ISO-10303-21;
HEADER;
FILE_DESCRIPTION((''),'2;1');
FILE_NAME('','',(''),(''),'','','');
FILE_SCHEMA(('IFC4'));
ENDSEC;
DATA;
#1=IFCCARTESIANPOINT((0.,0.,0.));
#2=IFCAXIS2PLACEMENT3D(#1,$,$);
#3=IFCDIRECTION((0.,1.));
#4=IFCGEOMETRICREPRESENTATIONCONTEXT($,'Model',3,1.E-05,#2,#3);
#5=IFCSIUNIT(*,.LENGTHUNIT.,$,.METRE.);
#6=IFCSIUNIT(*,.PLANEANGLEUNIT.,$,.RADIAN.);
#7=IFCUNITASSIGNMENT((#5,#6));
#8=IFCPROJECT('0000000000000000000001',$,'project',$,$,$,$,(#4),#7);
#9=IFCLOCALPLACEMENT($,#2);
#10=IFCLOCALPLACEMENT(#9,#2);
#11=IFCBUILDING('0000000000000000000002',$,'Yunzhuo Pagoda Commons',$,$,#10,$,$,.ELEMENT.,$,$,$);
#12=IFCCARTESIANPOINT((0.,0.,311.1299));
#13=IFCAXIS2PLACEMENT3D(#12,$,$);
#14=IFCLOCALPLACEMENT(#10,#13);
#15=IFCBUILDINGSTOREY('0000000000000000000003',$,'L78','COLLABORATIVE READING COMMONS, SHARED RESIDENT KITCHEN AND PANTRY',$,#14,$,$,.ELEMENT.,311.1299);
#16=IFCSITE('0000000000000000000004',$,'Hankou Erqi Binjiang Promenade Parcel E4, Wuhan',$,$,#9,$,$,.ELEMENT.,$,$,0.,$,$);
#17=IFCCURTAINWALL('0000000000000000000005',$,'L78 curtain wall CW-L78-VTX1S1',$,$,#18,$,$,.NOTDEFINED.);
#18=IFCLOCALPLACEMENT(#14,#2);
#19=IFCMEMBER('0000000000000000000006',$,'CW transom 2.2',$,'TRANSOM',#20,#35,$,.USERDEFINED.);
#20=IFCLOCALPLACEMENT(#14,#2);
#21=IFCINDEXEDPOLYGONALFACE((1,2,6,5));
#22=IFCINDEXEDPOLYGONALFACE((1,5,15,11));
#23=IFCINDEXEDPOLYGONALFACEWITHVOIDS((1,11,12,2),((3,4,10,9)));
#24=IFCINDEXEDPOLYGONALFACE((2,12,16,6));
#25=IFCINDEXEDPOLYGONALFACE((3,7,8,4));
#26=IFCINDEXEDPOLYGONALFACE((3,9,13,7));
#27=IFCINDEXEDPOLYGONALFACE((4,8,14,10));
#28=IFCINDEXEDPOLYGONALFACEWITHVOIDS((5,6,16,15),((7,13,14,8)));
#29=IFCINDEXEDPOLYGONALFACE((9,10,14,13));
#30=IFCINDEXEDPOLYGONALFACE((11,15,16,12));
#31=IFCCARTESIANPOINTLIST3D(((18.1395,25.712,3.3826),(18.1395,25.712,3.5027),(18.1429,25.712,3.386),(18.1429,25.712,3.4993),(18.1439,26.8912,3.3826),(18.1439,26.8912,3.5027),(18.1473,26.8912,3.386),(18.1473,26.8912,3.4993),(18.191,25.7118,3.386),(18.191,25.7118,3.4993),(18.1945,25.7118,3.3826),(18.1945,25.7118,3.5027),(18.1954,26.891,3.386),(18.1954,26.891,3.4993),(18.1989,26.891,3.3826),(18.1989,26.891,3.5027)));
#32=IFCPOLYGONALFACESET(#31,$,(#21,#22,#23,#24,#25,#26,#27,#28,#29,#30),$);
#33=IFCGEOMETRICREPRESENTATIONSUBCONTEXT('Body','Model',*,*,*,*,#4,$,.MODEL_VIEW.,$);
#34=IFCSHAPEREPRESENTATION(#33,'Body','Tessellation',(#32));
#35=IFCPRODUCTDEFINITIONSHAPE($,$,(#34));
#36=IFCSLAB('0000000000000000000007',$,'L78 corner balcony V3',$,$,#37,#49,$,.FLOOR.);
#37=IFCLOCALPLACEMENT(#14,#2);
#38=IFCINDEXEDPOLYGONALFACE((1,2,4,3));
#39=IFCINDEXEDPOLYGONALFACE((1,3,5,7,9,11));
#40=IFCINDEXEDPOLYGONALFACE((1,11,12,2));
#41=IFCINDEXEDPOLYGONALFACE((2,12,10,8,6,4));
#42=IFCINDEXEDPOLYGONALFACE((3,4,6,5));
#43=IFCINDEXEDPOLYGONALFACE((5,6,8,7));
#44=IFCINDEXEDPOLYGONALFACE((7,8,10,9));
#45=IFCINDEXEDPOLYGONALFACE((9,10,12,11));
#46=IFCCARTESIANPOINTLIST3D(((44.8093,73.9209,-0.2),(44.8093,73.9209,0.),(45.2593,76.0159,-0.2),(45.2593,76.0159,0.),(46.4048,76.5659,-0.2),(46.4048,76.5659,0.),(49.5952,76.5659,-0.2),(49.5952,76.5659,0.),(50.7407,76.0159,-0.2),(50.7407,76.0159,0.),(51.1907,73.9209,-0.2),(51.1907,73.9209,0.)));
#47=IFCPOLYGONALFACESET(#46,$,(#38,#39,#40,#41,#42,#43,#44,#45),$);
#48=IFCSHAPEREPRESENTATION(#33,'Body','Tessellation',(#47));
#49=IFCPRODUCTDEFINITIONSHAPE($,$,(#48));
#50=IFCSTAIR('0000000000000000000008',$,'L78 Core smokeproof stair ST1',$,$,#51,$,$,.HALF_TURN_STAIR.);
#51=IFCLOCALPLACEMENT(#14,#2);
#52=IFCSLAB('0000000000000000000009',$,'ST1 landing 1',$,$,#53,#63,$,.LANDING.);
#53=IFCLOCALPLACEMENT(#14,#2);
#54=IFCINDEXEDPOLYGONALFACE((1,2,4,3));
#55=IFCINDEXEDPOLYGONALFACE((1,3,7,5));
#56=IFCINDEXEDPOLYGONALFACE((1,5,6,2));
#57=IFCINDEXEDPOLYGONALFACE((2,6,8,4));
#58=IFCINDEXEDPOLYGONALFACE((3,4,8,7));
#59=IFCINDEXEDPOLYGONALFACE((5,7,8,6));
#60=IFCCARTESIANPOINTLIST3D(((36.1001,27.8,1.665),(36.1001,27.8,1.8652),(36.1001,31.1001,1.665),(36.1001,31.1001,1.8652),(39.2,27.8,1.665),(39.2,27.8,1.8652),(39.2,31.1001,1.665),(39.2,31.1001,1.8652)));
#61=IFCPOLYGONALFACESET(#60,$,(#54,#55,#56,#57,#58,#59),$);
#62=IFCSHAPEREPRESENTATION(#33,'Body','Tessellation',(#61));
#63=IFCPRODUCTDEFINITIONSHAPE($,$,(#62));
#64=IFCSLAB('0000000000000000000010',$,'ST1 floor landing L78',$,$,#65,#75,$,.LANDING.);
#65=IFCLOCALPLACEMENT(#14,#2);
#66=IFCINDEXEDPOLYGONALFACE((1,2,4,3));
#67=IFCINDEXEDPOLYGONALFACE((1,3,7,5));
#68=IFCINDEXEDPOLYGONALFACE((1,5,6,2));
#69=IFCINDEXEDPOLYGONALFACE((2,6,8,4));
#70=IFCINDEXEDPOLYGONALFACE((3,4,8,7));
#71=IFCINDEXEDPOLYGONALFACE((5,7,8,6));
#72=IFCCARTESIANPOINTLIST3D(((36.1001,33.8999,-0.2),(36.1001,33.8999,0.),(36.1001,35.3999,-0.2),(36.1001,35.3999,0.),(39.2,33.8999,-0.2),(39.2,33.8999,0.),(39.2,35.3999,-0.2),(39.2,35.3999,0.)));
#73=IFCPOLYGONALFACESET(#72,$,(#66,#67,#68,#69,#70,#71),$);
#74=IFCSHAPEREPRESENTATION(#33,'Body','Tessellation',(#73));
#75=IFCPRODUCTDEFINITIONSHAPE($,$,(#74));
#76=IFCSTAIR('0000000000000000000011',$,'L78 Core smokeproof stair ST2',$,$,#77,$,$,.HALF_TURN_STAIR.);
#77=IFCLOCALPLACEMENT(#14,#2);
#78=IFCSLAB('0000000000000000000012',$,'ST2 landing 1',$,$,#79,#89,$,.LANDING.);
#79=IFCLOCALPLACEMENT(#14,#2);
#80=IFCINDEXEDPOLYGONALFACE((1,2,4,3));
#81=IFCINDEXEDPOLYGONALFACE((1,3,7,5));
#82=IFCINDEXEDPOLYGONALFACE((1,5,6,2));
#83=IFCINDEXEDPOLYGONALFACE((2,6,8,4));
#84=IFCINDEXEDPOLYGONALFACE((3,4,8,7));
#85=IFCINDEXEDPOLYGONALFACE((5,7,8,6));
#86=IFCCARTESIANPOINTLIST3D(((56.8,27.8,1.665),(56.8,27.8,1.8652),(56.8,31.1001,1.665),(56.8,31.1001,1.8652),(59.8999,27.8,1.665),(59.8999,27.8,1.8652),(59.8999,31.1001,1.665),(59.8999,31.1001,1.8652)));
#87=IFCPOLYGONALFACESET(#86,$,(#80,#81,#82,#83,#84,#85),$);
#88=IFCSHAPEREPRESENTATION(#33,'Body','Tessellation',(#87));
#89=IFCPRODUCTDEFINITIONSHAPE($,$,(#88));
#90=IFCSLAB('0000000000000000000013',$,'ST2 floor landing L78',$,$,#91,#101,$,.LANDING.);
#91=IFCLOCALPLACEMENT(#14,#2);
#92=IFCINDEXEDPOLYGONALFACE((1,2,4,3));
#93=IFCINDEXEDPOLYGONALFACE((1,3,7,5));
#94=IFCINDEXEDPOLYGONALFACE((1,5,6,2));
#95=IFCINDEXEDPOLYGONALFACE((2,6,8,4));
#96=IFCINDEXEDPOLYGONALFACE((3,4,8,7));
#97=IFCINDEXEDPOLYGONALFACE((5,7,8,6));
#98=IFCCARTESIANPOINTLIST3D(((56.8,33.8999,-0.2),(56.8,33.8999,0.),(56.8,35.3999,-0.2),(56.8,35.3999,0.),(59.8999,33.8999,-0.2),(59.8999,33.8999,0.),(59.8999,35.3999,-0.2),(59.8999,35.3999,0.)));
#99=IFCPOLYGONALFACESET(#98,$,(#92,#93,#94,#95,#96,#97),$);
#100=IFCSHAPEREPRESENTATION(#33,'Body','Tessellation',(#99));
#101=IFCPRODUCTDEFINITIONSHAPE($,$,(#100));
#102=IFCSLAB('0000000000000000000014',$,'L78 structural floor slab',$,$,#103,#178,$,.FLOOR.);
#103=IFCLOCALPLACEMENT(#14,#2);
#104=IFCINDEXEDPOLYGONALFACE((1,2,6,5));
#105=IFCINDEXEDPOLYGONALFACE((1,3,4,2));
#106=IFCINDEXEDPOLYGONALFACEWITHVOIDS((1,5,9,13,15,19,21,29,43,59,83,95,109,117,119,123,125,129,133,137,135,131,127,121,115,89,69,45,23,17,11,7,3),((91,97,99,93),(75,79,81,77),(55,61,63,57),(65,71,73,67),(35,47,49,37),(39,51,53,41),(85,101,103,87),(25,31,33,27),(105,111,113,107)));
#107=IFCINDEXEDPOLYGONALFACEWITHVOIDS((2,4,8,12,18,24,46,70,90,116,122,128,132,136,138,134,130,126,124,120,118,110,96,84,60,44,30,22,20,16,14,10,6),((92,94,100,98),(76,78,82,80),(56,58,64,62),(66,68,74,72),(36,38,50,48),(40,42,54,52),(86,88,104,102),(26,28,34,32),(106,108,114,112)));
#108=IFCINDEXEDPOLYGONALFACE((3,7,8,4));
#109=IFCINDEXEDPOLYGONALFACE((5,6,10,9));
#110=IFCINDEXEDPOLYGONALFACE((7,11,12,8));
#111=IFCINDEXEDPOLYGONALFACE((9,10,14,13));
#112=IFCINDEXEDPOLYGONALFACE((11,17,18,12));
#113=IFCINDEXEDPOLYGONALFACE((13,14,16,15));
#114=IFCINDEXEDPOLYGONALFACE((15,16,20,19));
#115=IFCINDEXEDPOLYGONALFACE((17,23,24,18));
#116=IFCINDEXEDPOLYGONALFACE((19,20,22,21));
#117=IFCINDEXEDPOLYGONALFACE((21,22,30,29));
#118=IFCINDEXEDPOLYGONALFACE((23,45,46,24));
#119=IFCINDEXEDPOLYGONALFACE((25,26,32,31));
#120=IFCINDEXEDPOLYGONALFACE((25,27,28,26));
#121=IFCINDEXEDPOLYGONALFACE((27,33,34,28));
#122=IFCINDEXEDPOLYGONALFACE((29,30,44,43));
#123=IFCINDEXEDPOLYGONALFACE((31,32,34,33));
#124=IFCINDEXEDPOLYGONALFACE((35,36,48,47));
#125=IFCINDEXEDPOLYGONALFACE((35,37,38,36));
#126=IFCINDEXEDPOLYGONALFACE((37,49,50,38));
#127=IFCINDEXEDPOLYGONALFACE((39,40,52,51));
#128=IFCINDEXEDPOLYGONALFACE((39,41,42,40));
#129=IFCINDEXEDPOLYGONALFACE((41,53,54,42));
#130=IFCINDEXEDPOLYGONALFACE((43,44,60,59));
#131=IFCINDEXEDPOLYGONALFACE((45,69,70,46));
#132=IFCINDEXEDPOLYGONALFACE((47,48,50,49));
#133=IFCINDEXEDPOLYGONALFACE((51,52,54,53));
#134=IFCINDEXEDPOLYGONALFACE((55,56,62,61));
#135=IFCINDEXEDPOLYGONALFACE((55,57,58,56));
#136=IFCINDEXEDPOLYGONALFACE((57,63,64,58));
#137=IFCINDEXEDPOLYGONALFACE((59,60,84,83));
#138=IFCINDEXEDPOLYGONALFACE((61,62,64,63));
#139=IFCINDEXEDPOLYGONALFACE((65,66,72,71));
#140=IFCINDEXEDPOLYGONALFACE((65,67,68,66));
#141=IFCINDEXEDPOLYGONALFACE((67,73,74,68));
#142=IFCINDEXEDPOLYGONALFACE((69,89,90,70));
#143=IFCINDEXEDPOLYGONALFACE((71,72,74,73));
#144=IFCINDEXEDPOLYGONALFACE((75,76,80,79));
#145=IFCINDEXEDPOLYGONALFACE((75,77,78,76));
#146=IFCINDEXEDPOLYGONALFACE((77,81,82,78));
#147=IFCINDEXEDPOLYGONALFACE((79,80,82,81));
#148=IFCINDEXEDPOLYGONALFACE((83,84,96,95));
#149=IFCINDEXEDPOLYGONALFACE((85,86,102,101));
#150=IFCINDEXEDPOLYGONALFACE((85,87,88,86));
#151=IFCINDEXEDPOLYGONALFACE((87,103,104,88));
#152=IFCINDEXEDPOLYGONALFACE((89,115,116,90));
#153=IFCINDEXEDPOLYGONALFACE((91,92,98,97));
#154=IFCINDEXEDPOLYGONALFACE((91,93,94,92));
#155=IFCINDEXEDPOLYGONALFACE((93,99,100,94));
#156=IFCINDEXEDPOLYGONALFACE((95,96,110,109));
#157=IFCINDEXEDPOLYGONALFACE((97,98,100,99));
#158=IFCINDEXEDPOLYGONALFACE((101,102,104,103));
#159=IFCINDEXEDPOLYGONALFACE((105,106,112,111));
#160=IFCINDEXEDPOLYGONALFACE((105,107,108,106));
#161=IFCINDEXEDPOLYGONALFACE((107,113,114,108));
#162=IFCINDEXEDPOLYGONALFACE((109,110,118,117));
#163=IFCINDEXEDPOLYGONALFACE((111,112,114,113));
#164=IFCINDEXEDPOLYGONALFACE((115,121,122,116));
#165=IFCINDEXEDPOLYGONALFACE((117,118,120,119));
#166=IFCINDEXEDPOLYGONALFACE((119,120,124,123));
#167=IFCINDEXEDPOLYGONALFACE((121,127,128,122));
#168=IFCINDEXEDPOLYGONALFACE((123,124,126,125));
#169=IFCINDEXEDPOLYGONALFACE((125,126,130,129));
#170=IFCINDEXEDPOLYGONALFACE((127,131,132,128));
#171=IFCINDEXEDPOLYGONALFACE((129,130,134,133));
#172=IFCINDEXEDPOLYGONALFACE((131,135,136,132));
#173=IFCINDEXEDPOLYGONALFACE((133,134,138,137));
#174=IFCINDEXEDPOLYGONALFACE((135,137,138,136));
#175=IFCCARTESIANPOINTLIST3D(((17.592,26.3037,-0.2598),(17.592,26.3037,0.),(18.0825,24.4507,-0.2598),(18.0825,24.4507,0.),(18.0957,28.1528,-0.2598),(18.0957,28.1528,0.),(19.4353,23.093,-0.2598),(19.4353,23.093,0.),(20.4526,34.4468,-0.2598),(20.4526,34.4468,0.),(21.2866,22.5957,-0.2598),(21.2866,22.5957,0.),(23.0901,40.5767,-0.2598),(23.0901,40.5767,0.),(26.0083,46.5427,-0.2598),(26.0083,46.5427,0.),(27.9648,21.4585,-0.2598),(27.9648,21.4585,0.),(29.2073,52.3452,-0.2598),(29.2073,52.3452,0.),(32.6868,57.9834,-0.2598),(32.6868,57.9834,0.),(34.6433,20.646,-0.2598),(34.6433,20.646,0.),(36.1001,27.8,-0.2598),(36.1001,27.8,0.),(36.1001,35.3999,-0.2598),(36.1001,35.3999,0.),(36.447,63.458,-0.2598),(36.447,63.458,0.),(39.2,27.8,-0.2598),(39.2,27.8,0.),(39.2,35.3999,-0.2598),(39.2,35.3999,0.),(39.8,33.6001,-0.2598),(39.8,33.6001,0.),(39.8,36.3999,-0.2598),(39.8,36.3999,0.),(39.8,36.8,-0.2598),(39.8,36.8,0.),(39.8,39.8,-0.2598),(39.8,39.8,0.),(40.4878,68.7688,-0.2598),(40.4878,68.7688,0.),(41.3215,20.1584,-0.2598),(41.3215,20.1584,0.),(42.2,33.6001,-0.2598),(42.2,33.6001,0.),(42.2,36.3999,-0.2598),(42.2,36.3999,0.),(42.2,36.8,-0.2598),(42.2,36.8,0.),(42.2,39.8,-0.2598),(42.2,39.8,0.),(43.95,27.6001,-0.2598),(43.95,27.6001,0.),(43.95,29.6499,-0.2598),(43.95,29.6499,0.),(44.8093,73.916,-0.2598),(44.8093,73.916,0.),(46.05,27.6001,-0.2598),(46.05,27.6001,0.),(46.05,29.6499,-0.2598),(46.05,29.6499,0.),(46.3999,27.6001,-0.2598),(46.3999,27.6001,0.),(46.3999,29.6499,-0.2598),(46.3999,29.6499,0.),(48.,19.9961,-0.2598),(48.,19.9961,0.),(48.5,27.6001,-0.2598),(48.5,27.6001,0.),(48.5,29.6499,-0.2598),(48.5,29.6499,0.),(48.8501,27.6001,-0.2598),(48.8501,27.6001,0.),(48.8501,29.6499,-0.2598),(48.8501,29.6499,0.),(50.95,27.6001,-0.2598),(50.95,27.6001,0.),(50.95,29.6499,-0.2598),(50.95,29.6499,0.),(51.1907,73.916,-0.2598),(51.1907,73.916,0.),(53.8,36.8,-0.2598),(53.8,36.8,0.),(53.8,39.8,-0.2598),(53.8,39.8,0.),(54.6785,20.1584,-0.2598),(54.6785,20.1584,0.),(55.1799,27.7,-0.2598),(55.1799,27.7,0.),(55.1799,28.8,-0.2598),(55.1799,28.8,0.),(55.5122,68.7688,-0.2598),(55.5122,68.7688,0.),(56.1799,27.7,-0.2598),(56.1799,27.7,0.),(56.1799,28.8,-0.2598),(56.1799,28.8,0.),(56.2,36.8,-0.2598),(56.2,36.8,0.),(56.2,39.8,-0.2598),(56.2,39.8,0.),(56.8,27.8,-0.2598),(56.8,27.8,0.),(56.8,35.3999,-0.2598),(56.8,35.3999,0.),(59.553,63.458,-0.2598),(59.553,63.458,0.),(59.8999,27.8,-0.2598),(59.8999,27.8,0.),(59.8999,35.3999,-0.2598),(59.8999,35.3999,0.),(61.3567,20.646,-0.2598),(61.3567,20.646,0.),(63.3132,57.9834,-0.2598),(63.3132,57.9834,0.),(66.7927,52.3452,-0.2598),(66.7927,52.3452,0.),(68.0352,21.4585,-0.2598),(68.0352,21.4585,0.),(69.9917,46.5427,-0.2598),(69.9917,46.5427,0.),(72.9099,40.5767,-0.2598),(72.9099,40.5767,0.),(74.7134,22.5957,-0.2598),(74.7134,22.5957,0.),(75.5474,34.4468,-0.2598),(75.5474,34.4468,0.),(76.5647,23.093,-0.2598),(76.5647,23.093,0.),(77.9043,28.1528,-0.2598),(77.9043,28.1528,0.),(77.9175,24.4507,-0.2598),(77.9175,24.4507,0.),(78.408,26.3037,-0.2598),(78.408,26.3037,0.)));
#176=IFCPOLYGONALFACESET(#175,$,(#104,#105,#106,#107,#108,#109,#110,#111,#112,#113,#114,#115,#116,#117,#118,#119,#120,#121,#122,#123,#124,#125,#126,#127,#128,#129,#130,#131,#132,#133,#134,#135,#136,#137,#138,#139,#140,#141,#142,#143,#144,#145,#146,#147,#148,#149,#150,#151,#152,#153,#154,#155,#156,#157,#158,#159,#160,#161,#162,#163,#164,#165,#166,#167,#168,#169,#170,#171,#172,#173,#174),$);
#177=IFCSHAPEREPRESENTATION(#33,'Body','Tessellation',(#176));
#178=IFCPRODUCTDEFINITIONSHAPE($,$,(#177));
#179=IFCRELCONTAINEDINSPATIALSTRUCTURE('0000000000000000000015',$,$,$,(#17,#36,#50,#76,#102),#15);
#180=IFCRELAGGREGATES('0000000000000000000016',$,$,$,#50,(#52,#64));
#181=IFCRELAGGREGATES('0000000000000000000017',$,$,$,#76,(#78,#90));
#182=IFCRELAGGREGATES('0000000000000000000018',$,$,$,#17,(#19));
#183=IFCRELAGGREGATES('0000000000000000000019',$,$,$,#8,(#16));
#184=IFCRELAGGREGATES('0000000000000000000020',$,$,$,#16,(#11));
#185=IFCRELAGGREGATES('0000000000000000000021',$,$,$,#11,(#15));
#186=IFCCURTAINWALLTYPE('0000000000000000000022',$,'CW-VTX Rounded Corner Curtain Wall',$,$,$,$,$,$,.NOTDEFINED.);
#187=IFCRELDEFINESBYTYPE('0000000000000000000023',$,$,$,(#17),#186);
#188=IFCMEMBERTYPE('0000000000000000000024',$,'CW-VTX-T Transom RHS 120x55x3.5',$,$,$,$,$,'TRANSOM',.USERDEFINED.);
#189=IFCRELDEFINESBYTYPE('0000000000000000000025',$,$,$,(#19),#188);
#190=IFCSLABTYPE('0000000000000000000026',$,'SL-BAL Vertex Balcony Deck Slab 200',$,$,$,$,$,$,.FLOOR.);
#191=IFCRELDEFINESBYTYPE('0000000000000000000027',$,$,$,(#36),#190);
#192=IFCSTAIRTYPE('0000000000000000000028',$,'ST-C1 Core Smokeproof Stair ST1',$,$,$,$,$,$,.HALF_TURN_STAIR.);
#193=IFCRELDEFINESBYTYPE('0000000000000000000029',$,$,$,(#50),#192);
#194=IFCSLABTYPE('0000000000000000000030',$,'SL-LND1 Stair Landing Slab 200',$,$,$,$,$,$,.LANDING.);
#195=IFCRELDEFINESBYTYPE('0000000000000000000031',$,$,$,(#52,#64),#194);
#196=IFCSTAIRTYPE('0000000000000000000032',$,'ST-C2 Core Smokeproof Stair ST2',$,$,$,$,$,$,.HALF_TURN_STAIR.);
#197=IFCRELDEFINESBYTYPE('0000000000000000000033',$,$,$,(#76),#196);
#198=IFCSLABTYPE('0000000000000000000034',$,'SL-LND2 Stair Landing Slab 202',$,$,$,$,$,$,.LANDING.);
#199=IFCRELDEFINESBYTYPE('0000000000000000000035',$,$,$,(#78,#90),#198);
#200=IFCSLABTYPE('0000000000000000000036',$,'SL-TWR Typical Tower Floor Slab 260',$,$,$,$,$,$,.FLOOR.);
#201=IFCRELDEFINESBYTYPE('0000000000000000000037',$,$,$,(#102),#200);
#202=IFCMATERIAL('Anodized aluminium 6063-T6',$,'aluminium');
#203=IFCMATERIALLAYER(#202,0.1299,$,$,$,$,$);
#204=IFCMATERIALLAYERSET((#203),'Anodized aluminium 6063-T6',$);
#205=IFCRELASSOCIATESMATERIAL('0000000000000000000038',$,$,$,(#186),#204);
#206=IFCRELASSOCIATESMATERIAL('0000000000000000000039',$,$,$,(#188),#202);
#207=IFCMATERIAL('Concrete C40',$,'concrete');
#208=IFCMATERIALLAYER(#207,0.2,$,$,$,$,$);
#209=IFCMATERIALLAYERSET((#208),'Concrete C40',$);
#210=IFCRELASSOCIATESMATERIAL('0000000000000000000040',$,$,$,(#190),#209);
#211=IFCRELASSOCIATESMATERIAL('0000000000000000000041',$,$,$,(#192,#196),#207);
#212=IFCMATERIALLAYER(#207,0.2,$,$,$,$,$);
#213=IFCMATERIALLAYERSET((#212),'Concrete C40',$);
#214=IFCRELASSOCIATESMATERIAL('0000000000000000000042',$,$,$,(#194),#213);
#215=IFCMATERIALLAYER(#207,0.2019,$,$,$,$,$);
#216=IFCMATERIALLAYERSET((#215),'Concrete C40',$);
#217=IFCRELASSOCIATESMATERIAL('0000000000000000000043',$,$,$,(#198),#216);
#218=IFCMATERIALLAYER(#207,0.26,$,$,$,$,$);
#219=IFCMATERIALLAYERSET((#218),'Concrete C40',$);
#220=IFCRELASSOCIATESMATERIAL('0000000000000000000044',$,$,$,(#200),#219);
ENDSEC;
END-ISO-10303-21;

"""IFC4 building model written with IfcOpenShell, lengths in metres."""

from ifc_helpers import new_model, si_unit, direction, frame, origin, origin_2d, place, context, subcontext, project, spatial, polyline, hollow_rectangle, outline, extrude, source, transform, mapped, material, layer, layer_set, material_profile, profile_set, type_object, element, aggregate, save


model = new_model("IFC4")

# Units and contexts
model_context = context("Model", 3, precision=1e-05, world=origin(), true_north=direction((0.0, 1.0)))
body_context = subcontext(model_context, "Body", "Model", "MODEL_VIEW")
ifc_project = project(units=[si_unit("LENGTHUNIT", "METRE"), si_unit("PLANEANGLEUNIT", "RADIAN")], contexts=[model_context])

# Site, building, storey
site_placement = place(None, origin())
site = spatial("IfcSite", under=ifc_project, at=site_placement, Name="Hankou Erqi Binjiang Promenade Parcel E4, Wuhan", CompositionType="ELEMENT", RefElevation=0.0)
building_placement = place(site_placement, origin())
building = spatial("IfcBuilding", under=site, at=building_placement, Name="Yunzhuo Pagoda Commons", CompositionType="ELEMENT")
storey_placement = place(building_placement, frame((0.0, 0.0, 311.1299)))
storey = spatial("IfcBuildingStorey", under=building, at=storey_placement, Name="L78", Description="COLLABORATIVE READING COMMONS, SHARED RESIDENT KITCHEN AND PANTRY", CompositionType="ELEMENT", Elevation=311.1299)

# Shared definitions
ifc_material_1 = material(Name="Anodized aluminium 6063-T6", Category="aluminium")

# Curtain wall
ifc_layer_1 = layer(ifc_material_1, 0.1299)
ifc_layer_set_1 = layer_set([ifc_layer_1], Name="Anodized aluminium 6063-T6")
curtain_wall_type_1 = type_object("IfcCurtainWallType", Name="CW-VTX Rounded Corner Curtain Wall", PredefinedType="NOTDEFINED", material=ifc_layer_set_1)
curtain_wall_1_placement = place(storey_placement, origin())
curtain_wall_1 = element("IfcCurtainWall", 1, at=curtain_wall_1_placement, inside=storey, type_object=curtain_wall_type_1, Name="L78 curtain wall CW-L78-VTX1S1", PredefinedType="NOTDEFINED")
ifc_material_profile_1 = material_profile(ifc_material_1, hollow_rectangle(XDim=0.0549, YDim=0.1201, WallThickness=0.0034, at=origin_2d()), Name="Anodized aluminium 6063-T6")
ifc_profile_set_1 = profile_set([ifc_material_profile_1], Name="Anodized aluminium 6063-T6")
member_type_1 = type_object("IfcMemberType", Name="CW-VTX-T Transom RHS 120x55x3.5", ElementType="TRANSOM", PredefinedType="USERDEFINED", material=ifc_profile_set_1)

# Member
shared_shape_1 = source(origin(), body_context, "Body", "SweptSolid", [
    extrude(hollow_rectangle(XDim=0.0549, YDim=0.1201, WallThickness=0.0034, at=origin_2d()), origin(), (0.0, 0.0, 1.0), 1.1792),
])
member_1_placement = place(storey_placement, frame((18.1714, 26.8911, 3.4426), z_axis=(-0.003727, -0.999993, 0.0), x_axis=(0.999993, -0.003727, 0.0)))
member_1 = element("IfcMember", 2, at=member_1_placement, type_object=member_type_1, Name="CW transom 2.2", ObjectType="TRANSOM", PredefinedType="USERDEFINED", context=body_context, shape_type="MappedRepresentation", body=[
    mapped(shared_shape_1, transform((0.0, 0.0, 0.0), scale=1.0)),
])

# Slab
ifc_material_2 = material(Name="Concrete C40", Category="concrete")
ifc_layer_2 = layer(ifc_material_2, 0.2)
ifc_layer_set_2 = layer_set([ifc_layer_2], Name="Concrete C40")
slab_type_1 = type_object("IfcSlabType", Name="SL-BAL Vertex Balcony Deck Slab 200", PredefinedType="FLOOR", material=ifc_layer_set_2)
slab_1_placement = place(storey_placement, frame((0.0, 0.0, -0.2)))
element("IfcSlab", 3, at=slab_1_placement, inside=storey, type_object=slab_type_1, Name="L78 corner balcony V3", PredefinedType="FLOOR", context=body_context, shape_type="SweptSolid", body=[
    extrude(outline(polyline([(51.1907, 73.9209), (44.8093, 73.9209), (45.2593, 76.0159), (46.4048, 76.5659), (49.5952, 76.5659), (50.7407, 76.0159), (51.1907, 73.9209)])), origin(), (0.0, 0.0, 1.0), 0.2),
])

# Stairs, slabs
stair_type_1 = type_object("IfcStairType", Name="ST-C1 Core Smokeproof Stair ST1", PredefinedType="HALF_TURN_STAIR", material=ifc_material_2)
stair_1_placement = place(storey_placement, origin())
stair_1 = element("IfcStair", 4, at=stair_1_placement, inside=storey, type_object=stair_type_1, Name="L78 Core smokeproof stair ST1", PredefinedType="HALF_TURN_STAIR")
ifc_layer_3 = layer(ifc_material_2, 0.2)
ifc_layer_set_3 = layer_set([ifc_layer_3], Name="Concrete C40")
slab_type_2 = type_object("IfcSlabType", Name="SL-LND1 Stair Landing Slab 200", PredefinedType="LANDING", material=ifc_layer_set_3)
slab_2_placement = place(storey_placement, frame((0.0, 0.0, 1.665)))
slab_2 = element("IfcSlab", 5, at=slab_2_placement, type_object=slab_type_2, Name="ST1 landing 1", PredefinedType="LANDING", context=body_context, shape_type="SweptSolid", body=[
    extrude(outline(polyline([(36.1001, 31.1001), (36.1001, 27.8), (39.2, 27.8), (39.2, 31.1001), (36.1001, 31.1001)])), origin(), (0.0, 0.0, 1.0), 0.2002),
])
slab_3_placement = place(storey_placement, frame((0.0, 0.0, -0.2)))
slab_3 = element("IfcSlab", 6, at=slab_3_placement, type_object=slab_type_2, Name="ST1 floor landing L78", PredefinedType="LANDING", context=body_context, shape_type="SweptSolid", body=[
    extrude(outline(polyline([(36.1001, 35.3999), (36.1001, 33.8999), (39.2, 33.8999), (39.2, 35.3999), (36.1001, 35.3999)])), origin(), (0.0, 0.0, 1.0), 0.2),
])
aggregate(stair_1, [slab_2, slab_3])
stair_type_2 = type_object("IfcStairType", Name="ST-C2 Core Smokeproof Stair ST2", PredefinedType="HALF_TURN_STAIR", material=ifc_material_2)
stair_2_placement = place(storey_placement, origin())
stair_2 = element("IfcStair", 7, at=stair_2_placement, inside=storey, type_object=stair_type_2, Name="L78 Core smokeproof stair ST2", PredefinedType="HALF_TURN_STAIR")
ifc_layer_4 = layer(ifc_material_2, 0.2019)
ifc_layer_set_4 = layer_set([ifc_layer_4], Name="Concrete C40")
slab_type_3 = type_object("IfcSlabType", Name="SL-LND2 Stair Landing Slab 202", PredefinedType="LANDING", material=ifc_layer_set_4)
slab_4_placement = place(storey_placement, frame((0.0, 0.0, 1.665)))
slab_4 = element("IfcSlab", 8, at=slab_4_placement, type_object=slab_type_3, Name="ST2 landing 1", PredefinedType="LANDING", context=body_context, shape_type="SweptSolid", body=[
    extrude(outline(polyline([(56.8, 31.1001), (56.8, 27.8), (59.8999, 27.8), (59.8999, 31.1001), (56.8, 31.1001)])), origin(), (0.0, 0.0, 1.0), 0.2002),
])
slab_5_placement = place(storey_placement, frame((0.0, 0.0, -0.2)))
slab_5 = element("IfcSlab", 9, at=slab_5_placement, type_object=slab_type_3, Name="ST2 floor landing L78", PredefinedType="LANDING", context=body_context, shape_type="SweptSolid", body=[
    extrude(outline(polyline([(56.8, 35.3999), (56.8, 33.8999), (59.8999, 33.8999), (59.8999, 35.3999), (56.8, 35.3999)])), origin(), (0.0, 0.0, 1.0), 0.2),
])
aggregate(stair_2, [slab_4, slab_5])

# Slab
ifc_layer_5 = layer(ifc_material_2, 0.26)
ifc_layer_set_5 = layer_set([ifc_layer_5], Name="Concrete C40")
slab_type_4 = type_object("IfcSlabType", Name="SL-TWR Typical Tower Floor Slab 260", PredefinedType="FLOOR", material=ifc_layer_set_5)
slab_6_placement = place(storey_placement, frame((0.0, 0.0, -0.2598)))
element("IfcSlab", 10, at=slab_6_placement, inside=storey, type_object=slab_type_4, Name="L78 structural floor slab", PredefinedType="FLOOR", context=body_context, shape_type="SweptSolid", body=[
    extrude(outline(polyline([(20.4526, 34.4468), (23.0901, 40.5767), (26.0083, 46.5427), (29.2073, 52.3452), (32.6868, 57.9834), (36.447, 63.458), (40.4878, 68.7688), (44.8093, 73.916), (51.1907, 73.916), (55.5122, 68.7688), (59.553, 63.458), (63.3132, 57.9834), (66.7927, 52.3452), (69.9917, 46.5427), (72.9099, 40.5767), (75.5474, 34.4468), (77.9043, 28.1528), (78.408, 26.3037), (77.9175, 24.4507), (76.5647, 23.093), (74.7134, 22.5957), (68.0352, 21.4585), (61.3567, 20.646), (54.6785, 20.1584), (48.0, 19.9961), (41.3215, 20.1584), (34.6433, 20.646), (27.9648, 21.4585), (21.2866, 22.5957), (19.4353, 23.093), (18.0825, 24.4507), (17.592, 26.3037), (18.0957, 28.1528), (20.4526, 34.4468)]), holes=[polyline([(56.1799, 28.8), (55.1799, 28.8), (55.1799, 27.7), (56.1799, 27.7), (56.1799, 28.8)]), polyline([(46.05, 29.6499), (43.95, 29.6499), (43.95, 27.6001), (46.05, 27.6001), (46.05, 29.6499)]), polyline([(48.5, 29.6499), (46.3999, 29.6499), (46.3999, 27.6001), (48.5, 27.6001), (48.5, 29.6499)]), polyline([(50.95, 29.6499), (48.8501, 29.6499), (48.8501, 27.6001), (50.95, 27.6001), (50.95, 29.6499)]), polyline([(39.2, 27.8), (39.2, 35.3999), (36.1001, 35.3999), (36.1001, 27.8), (39.2, 27.8)]), polyline([(59.8999, 27.8), (59.8999, 35.3999), (56.8, 35.3999), (56.8, 27.8), (59.8999, 27.8)]), polyline([(42.2, 36.3999), (39.8, 36.3999), (39.8, 33.6001), (42.2, 33.6001), (42.2, 36.3999)]), polyline([(42.2, 36.8), (42.2, 39.8), (39.8, 39.8), (39.8, 36.8), (42.2, 36.8)]), polyline([(56.2, 36.8), (56.2, 39.8), (53.8, 39.8), (53.8, 36.8), (56.2, 36.8)])]), origin(), (0.0, 0.0, 1.0), 0.2598),
])

aggregate(curtain_wall_1, [member_1])

save(model, "model.ifc")
